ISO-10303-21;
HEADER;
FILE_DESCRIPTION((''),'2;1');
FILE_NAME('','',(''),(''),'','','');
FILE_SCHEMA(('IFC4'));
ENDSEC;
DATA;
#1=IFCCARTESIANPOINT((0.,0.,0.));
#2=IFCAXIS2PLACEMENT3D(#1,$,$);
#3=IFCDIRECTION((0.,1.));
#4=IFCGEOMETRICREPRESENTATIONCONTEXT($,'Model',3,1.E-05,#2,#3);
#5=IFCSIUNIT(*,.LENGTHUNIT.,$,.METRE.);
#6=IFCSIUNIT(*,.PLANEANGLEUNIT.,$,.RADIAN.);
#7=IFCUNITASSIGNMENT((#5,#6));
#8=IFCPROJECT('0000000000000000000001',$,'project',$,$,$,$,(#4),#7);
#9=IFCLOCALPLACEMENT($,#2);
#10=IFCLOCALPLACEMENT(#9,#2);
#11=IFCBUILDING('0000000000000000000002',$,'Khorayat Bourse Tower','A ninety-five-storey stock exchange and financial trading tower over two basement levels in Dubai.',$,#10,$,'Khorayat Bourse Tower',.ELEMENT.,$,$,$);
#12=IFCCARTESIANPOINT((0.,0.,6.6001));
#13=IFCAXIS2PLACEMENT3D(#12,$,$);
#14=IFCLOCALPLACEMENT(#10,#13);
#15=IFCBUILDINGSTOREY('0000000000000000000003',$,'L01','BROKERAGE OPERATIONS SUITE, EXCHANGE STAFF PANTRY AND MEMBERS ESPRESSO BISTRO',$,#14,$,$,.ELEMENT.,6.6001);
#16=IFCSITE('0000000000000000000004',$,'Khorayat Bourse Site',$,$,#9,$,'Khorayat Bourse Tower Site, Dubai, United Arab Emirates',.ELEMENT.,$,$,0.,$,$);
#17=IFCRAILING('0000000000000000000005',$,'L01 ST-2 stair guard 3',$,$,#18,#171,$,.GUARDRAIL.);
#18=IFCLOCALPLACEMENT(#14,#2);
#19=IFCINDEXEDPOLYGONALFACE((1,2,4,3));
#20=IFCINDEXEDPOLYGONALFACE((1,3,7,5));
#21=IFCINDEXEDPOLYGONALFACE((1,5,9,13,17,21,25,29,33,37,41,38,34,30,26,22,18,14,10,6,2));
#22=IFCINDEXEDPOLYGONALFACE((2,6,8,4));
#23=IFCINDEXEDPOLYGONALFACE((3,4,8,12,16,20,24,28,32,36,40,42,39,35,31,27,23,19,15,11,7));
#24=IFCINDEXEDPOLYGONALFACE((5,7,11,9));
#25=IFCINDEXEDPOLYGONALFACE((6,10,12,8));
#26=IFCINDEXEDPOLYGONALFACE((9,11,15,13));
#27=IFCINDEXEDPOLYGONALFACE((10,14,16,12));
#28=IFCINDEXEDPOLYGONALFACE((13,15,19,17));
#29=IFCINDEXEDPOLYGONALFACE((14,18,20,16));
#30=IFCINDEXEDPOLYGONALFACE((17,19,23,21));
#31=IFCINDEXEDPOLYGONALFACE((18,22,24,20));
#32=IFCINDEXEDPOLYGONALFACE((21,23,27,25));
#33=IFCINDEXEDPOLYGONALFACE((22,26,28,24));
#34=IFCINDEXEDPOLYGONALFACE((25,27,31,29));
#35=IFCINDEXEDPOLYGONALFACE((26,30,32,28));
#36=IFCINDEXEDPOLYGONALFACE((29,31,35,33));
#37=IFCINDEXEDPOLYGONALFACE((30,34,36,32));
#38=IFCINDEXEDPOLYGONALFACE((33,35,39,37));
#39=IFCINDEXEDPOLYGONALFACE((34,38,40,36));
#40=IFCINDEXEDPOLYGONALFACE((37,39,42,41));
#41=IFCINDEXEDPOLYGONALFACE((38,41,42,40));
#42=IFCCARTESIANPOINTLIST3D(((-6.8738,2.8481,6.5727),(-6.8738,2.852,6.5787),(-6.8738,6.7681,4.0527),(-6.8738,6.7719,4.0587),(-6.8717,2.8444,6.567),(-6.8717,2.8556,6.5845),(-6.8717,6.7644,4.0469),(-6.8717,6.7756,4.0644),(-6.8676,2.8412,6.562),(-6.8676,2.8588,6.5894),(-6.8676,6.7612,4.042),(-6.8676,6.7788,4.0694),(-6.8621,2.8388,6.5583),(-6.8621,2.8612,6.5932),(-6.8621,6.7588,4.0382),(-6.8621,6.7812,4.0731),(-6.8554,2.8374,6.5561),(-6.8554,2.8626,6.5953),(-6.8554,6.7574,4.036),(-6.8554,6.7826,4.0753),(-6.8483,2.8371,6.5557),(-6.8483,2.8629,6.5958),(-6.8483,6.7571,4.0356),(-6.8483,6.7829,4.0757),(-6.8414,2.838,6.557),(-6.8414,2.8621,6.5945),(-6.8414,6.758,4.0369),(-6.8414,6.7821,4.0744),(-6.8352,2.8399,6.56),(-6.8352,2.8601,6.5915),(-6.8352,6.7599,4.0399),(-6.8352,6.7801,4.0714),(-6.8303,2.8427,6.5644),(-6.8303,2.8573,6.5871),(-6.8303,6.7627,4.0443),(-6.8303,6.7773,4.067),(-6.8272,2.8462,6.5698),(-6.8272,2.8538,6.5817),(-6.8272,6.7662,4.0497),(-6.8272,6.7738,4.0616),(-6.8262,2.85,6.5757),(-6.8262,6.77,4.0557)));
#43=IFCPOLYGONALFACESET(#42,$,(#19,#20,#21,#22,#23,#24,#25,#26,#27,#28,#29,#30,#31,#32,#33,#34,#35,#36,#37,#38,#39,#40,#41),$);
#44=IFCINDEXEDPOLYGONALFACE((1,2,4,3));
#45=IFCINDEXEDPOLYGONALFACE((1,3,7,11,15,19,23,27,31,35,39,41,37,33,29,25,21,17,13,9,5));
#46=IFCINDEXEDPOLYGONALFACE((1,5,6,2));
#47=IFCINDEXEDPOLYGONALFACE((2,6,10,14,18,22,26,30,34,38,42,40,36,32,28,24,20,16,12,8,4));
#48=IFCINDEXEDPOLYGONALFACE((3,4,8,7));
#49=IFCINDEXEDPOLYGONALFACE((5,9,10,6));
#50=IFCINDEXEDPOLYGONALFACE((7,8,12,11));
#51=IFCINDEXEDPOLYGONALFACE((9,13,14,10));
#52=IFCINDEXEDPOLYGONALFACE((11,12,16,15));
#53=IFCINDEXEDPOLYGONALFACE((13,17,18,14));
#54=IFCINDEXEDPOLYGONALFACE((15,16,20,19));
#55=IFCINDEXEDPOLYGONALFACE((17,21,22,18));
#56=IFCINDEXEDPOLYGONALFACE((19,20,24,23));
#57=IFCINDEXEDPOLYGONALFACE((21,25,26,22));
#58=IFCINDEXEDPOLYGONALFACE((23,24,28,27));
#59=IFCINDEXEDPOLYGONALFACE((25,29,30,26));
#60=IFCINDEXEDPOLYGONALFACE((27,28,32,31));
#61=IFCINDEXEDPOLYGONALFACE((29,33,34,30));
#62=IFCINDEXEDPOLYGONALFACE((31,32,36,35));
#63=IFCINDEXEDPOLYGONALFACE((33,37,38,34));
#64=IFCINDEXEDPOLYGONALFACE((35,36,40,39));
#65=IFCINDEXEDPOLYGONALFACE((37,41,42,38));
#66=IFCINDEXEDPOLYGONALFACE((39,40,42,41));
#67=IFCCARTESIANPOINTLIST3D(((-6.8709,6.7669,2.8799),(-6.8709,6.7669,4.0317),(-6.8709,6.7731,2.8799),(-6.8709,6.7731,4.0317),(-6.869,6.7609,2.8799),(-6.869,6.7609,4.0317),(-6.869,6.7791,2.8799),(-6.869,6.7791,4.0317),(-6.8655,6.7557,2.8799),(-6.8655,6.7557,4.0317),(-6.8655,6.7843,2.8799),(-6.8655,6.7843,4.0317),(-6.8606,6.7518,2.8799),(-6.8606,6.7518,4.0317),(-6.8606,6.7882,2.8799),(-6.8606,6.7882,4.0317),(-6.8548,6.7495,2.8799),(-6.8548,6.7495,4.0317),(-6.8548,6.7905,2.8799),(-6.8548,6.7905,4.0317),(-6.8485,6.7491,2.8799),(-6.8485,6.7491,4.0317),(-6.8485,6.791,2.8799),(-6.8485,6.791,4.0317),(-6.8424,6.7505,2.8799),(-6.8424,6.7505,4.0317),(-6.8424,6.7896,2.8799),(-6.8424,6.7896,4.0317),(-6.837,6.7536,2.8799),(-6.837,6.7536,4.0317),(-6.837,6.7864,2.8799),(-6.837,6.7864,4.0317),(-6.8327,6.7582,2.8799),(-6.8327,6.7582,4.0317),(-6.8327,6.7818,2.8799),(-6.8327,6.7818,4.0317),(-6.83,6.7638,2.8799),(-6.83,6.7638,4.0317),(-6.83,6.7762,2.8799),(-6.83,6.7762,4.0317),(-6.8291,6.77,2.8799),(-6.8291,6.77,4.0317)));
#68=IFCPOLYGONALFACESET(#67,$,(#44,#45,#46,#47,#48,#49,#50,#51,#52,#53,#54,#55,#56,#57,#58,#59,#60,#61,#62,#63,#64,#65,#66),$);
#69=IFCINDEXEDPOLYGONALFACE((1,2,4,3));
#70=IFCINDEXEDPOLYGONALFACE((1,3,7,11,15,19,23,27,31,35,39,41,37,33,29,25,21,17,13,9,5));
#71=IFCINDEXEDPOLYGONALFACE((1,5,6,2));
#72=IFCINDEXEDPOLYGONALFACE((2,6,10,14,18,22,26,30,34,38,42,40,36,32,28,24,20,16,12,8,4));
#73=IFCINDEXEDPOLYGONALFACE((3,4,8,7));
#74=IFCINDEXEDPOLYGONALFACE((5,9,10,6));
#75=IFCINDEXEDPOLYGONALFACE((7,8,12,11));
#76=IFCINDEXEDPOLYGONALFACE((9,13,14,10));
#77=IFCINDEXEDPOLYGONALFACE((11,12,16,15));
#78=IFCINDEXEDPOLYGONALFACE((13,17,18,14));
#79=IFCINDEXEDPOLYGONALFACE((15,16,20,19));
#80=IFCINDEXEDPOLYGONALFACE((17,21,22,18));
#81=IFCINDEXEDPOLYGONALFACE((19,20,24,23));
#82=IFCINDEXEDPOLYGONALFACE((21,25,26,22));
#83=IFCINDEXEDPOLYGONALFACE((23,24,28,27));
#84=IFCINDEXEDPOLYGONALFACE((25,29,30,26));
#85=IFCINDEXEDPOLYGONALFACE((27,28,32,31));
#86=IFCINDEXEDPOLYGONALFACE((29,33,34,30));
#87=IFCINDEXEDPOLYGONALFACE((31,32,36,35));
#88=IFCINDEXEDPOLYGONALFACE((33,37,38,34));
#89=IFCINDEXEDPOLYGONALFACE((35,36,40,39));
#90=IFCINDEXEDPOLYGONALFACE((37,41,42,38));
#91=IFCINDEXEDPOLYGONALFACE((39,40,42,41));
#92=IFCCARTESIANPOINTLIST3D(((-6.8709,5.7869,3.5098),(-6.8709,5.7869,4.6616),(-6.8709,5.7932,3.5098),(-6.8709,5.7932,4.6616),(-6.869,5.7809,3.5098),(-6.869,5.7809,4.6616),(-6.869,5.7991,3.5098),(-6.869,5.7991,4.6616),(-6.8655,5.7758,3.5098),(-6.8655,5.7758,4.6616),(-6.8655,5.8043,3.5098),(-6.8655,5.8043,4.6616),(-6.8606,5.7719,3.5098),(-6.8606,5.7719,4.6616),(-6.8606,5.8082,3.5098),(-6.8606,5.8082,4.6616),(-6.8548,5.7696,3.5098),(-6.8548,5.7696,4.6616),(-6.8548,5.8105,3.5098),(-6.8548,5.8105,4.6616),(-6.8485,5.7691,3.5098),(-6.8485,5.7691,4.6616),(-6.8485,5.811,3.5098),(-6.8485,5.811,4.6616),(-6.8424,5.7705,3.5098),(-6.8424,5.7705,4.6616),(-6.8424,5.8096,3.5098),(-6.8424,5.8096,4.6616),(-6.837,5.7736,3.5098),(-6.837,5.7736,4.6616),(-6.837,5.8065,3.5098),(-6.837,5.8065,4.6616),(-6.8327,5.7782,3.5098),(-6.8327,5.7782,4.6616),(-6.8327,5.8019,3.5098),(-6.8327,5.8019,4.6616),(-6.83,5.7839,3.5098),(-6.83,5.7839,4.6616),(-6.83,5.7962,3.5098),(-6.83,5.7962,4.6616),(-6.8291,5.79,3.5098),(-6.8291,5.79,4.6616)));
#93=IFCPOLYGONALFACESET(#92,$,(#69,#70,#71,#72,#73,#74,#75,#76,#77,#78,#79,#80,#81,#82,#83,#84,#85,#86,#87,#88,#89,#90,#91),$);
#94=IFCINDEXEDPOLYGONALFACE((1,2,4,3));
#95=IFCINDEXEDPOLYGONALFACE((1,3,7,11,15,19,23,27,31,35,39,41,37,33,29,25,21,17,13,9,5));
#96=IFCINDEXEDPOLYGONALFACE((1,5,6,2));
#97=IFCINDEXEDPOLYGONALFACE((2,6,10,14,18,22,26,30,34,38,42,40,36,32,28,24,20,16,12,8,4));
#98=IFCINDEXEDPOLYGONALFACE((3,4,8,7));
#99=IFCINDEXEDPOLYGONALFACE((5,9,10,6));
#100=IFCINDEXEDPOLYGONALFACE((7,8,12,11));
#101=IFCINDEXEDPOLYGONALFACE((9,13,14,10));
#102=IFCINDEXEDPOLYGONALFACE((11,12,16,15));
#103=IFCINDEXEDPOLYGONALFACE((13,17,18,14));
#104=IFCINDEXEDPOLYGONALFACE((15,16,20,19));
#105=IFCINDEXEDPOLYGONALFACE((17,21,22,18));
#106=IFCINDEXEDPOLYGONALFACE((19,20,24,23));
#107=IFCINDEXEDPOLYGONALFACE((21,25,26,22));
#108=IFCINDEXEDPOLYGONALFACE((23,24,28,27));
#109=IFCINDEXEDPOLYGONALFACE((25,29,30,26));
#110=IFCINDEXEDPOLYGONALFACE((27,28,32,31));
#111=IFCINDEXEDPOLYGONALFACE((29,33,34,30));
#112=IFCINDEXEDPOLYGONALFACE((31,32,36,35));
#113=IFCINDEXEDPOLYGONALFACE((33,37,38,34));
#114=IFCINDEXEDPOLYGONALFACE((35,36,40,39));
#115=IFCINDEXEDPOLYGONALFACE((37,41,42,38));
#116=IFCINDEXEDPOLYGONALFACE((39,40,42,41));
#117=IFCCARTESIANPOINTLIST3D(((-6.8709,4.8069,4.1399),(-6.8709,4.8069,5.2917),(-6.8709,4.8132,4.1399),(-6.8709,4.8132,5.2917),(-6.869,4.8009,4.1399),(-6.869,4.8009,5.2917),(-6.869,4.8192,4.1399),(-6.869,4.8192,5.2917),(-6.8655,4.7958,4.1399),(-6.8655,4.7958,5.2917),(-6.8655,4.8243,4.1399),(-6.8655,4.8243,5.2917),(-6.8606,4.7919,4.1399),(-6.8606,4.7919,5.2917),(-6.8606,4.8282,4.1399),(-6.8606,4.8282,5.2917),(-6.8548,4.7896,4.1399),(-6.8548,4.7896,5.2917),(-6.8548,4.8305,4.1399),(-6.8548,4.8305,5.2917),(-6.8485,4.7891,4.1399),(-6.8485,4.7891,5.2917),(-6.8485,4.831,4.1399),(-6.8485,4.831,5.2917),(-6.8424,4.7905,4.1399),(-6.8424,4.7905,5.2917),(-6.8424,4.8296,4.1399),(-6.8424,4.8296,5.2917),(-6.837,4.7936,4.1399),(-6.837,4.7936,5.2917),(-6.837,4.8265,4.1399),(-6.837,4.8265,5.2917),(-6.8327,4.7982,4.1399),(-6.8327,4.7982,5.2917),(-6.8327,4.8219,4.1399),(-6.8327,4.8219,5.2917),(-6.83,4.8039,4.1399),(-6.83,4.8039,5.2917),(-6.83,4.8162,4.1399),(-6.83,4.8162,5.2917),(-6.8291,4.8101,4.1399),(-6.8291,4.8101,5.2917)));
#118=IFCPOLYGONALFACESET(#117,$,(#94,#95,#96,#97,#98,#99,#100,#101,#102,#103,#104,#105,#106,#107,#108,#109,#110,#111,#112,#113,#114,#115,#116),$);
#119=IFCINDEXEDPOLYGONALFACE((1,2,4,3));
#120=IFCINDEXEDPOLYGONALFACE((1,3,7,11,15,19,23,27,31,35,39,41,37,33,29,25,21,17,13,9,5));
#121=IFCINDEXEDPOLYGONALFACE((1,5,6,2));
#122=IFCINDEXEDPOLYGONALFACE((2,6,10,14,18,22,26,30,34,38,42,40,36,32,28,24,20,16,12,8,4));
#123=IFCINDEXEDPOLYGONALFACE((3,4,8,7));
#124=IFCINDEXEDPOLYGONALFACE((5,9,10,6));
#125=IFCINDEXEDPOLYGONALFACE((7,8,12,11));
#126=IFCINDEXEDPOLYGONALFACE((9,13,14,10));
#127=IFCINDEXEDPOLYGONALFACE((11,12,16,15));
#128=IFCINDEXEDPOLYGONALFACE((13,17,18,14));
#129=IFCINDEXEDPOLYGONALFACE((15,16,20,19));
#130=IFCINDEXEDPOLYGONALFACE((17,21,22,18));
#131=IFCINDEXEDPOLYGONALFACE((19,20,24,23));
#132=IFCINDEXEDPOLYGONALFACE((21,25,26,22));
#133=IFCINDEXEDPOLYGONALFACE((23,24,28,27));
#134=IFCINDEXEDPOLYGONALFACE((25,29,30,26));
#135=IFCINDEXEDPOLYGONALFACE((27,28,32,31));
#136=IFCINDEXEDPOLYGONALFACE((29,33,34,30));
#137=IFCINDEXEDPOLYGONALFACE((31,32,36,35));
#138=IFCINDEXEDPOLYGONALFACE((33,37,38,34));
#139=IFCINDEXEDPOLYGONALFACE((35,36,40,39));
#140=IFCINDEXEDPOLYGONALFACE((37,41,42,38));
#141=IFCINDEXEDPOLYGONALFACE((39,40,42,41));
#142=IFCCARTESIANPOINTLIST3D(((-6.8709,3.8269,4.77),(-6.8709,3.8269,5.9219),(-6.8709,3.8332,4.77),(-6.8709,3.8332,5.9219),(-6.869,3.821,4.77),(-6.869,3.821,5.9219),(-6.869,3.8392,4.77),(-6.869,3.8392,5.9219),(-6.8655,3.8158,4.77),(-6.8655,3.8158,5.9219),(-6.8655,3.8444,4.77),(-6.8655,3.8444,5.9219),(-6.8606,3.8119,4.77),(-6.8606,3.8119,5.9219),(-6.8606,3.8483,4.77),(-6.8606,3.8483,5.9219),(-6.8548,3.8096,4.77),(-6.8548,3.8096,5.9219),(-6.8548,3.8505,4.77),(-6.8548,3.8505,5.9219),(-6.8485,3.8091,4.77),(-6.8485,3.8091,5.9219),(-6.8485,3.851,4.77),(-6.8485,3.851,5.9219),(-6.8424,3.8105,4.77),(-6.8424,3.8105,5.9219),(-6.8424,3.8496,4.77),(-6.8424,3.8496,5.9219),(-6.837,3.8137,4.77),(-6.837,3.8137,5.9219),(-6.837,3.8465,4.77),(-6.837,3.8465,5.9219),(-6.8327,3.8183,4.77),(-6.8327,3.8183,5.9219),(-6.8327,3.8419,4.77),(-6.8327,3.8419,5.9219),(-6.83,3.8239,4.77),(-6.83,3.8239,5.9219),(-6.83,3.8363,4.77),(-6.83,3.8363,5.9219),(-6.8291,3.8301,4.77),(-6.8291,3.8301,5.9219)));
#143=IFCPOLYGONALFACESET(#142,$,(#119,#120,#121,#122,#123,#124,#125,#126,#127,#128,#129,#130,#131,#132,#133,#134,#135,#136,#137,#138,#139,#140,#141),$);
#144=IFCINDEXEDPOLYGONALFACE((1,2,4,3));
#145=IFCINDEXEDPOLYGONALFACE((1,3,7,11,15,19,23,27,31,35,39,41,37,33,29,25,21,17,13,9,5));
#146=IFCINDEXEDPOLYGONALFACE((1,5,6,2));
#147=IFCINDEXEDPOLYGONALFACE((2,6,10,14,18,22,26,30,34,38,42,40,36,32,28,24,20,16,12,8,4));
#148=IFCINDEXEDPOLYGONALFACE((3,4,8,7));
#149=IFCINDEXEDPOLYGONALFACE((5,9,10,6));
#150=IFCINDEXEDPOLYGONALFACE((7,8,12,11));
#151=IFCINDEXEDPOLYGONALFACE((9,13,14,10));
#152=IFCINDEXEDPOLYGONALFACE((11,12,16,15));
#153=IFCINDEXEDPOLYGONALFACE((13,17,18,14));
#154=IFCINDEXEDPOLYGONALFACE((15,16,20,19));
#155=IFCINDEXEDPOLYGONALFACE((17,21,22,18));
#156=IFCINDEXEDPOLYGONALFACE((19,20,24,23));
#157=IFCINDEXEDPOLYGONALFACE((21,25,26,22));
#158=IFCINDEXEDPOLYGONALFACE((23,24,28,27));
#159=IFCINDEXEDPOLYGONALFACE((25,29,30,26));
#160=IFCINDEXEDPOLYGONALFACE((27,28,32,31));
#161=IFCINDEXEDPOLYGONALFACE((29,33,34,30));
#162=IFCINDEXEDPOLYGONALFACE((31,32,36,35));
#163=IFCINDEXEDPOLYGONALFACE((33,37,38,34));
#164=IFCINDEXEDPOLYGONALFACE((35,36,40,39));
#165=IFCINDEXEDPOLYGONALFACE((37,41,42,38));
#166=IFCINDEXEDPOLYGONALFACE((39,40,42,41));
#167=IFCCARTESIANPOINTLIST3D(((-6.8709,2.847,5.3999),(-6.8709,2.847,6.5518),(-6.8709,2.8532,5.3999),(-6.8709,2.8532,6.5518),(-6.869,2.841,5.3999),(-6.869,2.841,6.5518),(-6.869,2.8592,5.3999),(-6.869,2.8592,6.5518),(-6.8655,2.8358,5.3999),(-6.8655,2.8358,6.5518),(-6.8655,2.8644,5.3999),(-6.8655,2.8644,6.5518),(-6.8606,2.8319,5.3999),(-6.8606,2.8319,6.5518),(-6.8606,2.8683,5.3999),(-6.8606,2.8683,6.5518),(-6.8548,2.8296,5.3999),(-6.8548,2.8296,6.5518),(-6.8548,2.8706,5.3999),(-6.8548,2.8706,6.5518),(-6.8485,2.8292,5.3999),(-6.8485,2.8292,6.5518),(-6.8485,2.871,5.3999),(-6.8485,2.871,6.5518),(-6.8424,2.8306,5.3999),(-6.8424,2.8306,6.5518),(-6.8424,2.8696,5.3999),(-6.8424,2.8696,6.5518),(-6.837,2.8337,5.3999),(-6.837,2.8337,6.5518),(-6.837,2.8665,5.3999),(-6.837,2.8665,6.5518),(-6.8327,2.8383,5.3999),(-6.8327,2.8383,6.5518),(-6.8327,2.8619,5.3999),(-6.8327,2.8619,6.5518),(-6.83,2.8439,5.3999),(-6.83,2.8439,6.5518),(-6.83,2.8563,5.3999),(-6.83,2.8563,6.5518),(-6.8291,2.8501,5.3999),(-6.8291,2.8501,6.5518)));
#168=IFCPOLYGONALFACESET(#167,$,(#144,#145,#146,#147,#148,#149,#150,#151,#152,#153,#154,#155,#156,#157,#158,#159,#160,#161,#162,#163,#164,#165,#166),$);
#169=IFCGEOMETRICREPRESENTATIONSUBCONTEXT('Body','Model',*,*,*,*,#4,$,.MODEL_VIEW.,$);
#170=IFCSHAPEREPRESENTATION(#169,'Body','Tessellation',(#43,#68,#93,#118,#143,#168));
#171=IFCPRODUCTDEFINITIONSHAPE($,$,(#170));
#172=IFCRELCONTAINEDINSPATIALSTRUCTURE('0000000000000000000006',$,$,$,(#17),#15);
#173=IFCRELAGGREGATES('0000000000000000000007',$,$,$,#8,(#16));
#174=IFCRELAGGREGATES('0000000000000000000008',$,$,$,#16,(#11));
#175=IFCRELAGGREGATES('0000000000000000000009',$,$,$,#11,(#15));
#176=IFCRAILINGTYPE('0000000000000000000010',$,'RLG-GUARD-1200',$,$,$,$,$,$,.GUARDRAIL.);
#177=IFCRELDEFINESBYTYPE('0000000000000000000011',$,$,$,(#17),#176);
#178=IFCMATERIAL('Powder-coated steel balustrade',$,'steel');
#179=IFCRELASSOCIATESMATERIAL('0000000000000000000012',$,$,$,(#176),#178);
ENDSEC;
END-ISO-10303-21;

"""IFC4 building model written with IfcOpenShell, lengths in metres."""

from ifc_helpers import new_model, si_unit, direction, frame, origin, origin_2d, place, context, subcontext, project, spatial, circle, extrude, source, transform, mapped, material, type_object, element, save


model = new_model("IFC4")

# Units and contexts
model_context = context("Model", 3, precision=1e-05, world=origin(), true_north=direction((0.0, 1.0)))
body_context = subcontext(model_context, "Body", "Model", "MODEL_VIEW")
ifc_project = project(units=[si_unit("LENGTHUNIT", "METRE"), si_unit("PLANEANGLEUNIT", "RADIAN")], contexts=[model_context])

# Site, building, storey
site_placement = place(None, origin())
site = spatial("IfcSite", under=ifc_project, at=site_placement, Name="Khorayat Bourse Site", LongName="Khorayat Bourse Tower Site, Dubai, United Arab Emirates", CompositionType="ELEMENT", RefElevation=0.0)
building_placement = place(site_placement, origin())
building = spatial("IfcBuilding", under=site, at=building_placement, Name="Khorayat Bourse Tower", Description="A ninety-five-storey stock exchange and financial trading tower over two basement levels in Dubai.", LongName="Khorayat Bourse Tower", CompositionType="ELEMENT")
storey_placement = place(building_placement, frame((0.0, 0.0, 6.6001)))
storey = spatial("IfcBuildingStorey", under=building, at=storey_placement, Name="L01", Description="BROKERAGE OPERATIONS SUITE, EXCHANGE STAFF PANTRY AND MEMBERS ESPRESSO BISTRO", CompositionType="ELEMENT", Elevation=6.6001)

# Railing
ifc_material_1 = material(Name="Powder-coated steel balustrade", Category="steel")
railing_type_1 = type_object("IfcRailingType", Name="RLG-GUARD-1200", PredefinedType="GUARDRAIL", material=ifc_material_1)
shared_shape_1 = source(origin(), body_context, "Body", "SweptSolid", [
    extrude(circle(Radius=0.0239, at=origin_2d()), frame((0.0, 0.0, 1.1758), z_axis=(0.0, -0.841172, 0.540768), x_axis=(1.0, 0.0, 0.0)), (0.0, 0.0, 1.0), 4.6602),
    extrude(circle(Radius=0.021, at=origin_2d()), origin(), (0.0, 0.0, 1.0), 1.1519),
    extrude(circle(Radius=0.021, at=origin_2d()), frame((0.0, -0.98, 0.6299)), (0.0, 0.0, 1.0), 1.1519),
    extrude(circle(Radius=0.021, at=origin_2d()), frame((0.0, -1.96, 1.26)), (0.0, 0.0, 1.0), 1.1519),
    extrude(circle(Radius=0.021, at=origin_2d()), frame((0.0, -2.9399, 1.8901)), (0.0, 0.0, 1.0), 1.1519),
    extrude(circle(Radius=0.021, at=origin_2d()), frame((0.0, -3.9199, 2.52)), (0.0, 0.0, 1.0), 1.1519),
])
railing_1_placement = place(storey_placement, frame((-6.8501, 6.77, 2.8799)))
element("IfcRailing", 1, at=railing_1_placement, inside=storey, type_object=railing_type_1, Name="L01 ST-2 stair guard 3", PredefinedType="GUARDRAIL", context=body_context, shape_type="MappedRepresentation", body=[
    mapped(shared_shape_1, transform((0.0, 0.0, 0.0), scale=1.0)),
])

save(model, "model.ifc")
